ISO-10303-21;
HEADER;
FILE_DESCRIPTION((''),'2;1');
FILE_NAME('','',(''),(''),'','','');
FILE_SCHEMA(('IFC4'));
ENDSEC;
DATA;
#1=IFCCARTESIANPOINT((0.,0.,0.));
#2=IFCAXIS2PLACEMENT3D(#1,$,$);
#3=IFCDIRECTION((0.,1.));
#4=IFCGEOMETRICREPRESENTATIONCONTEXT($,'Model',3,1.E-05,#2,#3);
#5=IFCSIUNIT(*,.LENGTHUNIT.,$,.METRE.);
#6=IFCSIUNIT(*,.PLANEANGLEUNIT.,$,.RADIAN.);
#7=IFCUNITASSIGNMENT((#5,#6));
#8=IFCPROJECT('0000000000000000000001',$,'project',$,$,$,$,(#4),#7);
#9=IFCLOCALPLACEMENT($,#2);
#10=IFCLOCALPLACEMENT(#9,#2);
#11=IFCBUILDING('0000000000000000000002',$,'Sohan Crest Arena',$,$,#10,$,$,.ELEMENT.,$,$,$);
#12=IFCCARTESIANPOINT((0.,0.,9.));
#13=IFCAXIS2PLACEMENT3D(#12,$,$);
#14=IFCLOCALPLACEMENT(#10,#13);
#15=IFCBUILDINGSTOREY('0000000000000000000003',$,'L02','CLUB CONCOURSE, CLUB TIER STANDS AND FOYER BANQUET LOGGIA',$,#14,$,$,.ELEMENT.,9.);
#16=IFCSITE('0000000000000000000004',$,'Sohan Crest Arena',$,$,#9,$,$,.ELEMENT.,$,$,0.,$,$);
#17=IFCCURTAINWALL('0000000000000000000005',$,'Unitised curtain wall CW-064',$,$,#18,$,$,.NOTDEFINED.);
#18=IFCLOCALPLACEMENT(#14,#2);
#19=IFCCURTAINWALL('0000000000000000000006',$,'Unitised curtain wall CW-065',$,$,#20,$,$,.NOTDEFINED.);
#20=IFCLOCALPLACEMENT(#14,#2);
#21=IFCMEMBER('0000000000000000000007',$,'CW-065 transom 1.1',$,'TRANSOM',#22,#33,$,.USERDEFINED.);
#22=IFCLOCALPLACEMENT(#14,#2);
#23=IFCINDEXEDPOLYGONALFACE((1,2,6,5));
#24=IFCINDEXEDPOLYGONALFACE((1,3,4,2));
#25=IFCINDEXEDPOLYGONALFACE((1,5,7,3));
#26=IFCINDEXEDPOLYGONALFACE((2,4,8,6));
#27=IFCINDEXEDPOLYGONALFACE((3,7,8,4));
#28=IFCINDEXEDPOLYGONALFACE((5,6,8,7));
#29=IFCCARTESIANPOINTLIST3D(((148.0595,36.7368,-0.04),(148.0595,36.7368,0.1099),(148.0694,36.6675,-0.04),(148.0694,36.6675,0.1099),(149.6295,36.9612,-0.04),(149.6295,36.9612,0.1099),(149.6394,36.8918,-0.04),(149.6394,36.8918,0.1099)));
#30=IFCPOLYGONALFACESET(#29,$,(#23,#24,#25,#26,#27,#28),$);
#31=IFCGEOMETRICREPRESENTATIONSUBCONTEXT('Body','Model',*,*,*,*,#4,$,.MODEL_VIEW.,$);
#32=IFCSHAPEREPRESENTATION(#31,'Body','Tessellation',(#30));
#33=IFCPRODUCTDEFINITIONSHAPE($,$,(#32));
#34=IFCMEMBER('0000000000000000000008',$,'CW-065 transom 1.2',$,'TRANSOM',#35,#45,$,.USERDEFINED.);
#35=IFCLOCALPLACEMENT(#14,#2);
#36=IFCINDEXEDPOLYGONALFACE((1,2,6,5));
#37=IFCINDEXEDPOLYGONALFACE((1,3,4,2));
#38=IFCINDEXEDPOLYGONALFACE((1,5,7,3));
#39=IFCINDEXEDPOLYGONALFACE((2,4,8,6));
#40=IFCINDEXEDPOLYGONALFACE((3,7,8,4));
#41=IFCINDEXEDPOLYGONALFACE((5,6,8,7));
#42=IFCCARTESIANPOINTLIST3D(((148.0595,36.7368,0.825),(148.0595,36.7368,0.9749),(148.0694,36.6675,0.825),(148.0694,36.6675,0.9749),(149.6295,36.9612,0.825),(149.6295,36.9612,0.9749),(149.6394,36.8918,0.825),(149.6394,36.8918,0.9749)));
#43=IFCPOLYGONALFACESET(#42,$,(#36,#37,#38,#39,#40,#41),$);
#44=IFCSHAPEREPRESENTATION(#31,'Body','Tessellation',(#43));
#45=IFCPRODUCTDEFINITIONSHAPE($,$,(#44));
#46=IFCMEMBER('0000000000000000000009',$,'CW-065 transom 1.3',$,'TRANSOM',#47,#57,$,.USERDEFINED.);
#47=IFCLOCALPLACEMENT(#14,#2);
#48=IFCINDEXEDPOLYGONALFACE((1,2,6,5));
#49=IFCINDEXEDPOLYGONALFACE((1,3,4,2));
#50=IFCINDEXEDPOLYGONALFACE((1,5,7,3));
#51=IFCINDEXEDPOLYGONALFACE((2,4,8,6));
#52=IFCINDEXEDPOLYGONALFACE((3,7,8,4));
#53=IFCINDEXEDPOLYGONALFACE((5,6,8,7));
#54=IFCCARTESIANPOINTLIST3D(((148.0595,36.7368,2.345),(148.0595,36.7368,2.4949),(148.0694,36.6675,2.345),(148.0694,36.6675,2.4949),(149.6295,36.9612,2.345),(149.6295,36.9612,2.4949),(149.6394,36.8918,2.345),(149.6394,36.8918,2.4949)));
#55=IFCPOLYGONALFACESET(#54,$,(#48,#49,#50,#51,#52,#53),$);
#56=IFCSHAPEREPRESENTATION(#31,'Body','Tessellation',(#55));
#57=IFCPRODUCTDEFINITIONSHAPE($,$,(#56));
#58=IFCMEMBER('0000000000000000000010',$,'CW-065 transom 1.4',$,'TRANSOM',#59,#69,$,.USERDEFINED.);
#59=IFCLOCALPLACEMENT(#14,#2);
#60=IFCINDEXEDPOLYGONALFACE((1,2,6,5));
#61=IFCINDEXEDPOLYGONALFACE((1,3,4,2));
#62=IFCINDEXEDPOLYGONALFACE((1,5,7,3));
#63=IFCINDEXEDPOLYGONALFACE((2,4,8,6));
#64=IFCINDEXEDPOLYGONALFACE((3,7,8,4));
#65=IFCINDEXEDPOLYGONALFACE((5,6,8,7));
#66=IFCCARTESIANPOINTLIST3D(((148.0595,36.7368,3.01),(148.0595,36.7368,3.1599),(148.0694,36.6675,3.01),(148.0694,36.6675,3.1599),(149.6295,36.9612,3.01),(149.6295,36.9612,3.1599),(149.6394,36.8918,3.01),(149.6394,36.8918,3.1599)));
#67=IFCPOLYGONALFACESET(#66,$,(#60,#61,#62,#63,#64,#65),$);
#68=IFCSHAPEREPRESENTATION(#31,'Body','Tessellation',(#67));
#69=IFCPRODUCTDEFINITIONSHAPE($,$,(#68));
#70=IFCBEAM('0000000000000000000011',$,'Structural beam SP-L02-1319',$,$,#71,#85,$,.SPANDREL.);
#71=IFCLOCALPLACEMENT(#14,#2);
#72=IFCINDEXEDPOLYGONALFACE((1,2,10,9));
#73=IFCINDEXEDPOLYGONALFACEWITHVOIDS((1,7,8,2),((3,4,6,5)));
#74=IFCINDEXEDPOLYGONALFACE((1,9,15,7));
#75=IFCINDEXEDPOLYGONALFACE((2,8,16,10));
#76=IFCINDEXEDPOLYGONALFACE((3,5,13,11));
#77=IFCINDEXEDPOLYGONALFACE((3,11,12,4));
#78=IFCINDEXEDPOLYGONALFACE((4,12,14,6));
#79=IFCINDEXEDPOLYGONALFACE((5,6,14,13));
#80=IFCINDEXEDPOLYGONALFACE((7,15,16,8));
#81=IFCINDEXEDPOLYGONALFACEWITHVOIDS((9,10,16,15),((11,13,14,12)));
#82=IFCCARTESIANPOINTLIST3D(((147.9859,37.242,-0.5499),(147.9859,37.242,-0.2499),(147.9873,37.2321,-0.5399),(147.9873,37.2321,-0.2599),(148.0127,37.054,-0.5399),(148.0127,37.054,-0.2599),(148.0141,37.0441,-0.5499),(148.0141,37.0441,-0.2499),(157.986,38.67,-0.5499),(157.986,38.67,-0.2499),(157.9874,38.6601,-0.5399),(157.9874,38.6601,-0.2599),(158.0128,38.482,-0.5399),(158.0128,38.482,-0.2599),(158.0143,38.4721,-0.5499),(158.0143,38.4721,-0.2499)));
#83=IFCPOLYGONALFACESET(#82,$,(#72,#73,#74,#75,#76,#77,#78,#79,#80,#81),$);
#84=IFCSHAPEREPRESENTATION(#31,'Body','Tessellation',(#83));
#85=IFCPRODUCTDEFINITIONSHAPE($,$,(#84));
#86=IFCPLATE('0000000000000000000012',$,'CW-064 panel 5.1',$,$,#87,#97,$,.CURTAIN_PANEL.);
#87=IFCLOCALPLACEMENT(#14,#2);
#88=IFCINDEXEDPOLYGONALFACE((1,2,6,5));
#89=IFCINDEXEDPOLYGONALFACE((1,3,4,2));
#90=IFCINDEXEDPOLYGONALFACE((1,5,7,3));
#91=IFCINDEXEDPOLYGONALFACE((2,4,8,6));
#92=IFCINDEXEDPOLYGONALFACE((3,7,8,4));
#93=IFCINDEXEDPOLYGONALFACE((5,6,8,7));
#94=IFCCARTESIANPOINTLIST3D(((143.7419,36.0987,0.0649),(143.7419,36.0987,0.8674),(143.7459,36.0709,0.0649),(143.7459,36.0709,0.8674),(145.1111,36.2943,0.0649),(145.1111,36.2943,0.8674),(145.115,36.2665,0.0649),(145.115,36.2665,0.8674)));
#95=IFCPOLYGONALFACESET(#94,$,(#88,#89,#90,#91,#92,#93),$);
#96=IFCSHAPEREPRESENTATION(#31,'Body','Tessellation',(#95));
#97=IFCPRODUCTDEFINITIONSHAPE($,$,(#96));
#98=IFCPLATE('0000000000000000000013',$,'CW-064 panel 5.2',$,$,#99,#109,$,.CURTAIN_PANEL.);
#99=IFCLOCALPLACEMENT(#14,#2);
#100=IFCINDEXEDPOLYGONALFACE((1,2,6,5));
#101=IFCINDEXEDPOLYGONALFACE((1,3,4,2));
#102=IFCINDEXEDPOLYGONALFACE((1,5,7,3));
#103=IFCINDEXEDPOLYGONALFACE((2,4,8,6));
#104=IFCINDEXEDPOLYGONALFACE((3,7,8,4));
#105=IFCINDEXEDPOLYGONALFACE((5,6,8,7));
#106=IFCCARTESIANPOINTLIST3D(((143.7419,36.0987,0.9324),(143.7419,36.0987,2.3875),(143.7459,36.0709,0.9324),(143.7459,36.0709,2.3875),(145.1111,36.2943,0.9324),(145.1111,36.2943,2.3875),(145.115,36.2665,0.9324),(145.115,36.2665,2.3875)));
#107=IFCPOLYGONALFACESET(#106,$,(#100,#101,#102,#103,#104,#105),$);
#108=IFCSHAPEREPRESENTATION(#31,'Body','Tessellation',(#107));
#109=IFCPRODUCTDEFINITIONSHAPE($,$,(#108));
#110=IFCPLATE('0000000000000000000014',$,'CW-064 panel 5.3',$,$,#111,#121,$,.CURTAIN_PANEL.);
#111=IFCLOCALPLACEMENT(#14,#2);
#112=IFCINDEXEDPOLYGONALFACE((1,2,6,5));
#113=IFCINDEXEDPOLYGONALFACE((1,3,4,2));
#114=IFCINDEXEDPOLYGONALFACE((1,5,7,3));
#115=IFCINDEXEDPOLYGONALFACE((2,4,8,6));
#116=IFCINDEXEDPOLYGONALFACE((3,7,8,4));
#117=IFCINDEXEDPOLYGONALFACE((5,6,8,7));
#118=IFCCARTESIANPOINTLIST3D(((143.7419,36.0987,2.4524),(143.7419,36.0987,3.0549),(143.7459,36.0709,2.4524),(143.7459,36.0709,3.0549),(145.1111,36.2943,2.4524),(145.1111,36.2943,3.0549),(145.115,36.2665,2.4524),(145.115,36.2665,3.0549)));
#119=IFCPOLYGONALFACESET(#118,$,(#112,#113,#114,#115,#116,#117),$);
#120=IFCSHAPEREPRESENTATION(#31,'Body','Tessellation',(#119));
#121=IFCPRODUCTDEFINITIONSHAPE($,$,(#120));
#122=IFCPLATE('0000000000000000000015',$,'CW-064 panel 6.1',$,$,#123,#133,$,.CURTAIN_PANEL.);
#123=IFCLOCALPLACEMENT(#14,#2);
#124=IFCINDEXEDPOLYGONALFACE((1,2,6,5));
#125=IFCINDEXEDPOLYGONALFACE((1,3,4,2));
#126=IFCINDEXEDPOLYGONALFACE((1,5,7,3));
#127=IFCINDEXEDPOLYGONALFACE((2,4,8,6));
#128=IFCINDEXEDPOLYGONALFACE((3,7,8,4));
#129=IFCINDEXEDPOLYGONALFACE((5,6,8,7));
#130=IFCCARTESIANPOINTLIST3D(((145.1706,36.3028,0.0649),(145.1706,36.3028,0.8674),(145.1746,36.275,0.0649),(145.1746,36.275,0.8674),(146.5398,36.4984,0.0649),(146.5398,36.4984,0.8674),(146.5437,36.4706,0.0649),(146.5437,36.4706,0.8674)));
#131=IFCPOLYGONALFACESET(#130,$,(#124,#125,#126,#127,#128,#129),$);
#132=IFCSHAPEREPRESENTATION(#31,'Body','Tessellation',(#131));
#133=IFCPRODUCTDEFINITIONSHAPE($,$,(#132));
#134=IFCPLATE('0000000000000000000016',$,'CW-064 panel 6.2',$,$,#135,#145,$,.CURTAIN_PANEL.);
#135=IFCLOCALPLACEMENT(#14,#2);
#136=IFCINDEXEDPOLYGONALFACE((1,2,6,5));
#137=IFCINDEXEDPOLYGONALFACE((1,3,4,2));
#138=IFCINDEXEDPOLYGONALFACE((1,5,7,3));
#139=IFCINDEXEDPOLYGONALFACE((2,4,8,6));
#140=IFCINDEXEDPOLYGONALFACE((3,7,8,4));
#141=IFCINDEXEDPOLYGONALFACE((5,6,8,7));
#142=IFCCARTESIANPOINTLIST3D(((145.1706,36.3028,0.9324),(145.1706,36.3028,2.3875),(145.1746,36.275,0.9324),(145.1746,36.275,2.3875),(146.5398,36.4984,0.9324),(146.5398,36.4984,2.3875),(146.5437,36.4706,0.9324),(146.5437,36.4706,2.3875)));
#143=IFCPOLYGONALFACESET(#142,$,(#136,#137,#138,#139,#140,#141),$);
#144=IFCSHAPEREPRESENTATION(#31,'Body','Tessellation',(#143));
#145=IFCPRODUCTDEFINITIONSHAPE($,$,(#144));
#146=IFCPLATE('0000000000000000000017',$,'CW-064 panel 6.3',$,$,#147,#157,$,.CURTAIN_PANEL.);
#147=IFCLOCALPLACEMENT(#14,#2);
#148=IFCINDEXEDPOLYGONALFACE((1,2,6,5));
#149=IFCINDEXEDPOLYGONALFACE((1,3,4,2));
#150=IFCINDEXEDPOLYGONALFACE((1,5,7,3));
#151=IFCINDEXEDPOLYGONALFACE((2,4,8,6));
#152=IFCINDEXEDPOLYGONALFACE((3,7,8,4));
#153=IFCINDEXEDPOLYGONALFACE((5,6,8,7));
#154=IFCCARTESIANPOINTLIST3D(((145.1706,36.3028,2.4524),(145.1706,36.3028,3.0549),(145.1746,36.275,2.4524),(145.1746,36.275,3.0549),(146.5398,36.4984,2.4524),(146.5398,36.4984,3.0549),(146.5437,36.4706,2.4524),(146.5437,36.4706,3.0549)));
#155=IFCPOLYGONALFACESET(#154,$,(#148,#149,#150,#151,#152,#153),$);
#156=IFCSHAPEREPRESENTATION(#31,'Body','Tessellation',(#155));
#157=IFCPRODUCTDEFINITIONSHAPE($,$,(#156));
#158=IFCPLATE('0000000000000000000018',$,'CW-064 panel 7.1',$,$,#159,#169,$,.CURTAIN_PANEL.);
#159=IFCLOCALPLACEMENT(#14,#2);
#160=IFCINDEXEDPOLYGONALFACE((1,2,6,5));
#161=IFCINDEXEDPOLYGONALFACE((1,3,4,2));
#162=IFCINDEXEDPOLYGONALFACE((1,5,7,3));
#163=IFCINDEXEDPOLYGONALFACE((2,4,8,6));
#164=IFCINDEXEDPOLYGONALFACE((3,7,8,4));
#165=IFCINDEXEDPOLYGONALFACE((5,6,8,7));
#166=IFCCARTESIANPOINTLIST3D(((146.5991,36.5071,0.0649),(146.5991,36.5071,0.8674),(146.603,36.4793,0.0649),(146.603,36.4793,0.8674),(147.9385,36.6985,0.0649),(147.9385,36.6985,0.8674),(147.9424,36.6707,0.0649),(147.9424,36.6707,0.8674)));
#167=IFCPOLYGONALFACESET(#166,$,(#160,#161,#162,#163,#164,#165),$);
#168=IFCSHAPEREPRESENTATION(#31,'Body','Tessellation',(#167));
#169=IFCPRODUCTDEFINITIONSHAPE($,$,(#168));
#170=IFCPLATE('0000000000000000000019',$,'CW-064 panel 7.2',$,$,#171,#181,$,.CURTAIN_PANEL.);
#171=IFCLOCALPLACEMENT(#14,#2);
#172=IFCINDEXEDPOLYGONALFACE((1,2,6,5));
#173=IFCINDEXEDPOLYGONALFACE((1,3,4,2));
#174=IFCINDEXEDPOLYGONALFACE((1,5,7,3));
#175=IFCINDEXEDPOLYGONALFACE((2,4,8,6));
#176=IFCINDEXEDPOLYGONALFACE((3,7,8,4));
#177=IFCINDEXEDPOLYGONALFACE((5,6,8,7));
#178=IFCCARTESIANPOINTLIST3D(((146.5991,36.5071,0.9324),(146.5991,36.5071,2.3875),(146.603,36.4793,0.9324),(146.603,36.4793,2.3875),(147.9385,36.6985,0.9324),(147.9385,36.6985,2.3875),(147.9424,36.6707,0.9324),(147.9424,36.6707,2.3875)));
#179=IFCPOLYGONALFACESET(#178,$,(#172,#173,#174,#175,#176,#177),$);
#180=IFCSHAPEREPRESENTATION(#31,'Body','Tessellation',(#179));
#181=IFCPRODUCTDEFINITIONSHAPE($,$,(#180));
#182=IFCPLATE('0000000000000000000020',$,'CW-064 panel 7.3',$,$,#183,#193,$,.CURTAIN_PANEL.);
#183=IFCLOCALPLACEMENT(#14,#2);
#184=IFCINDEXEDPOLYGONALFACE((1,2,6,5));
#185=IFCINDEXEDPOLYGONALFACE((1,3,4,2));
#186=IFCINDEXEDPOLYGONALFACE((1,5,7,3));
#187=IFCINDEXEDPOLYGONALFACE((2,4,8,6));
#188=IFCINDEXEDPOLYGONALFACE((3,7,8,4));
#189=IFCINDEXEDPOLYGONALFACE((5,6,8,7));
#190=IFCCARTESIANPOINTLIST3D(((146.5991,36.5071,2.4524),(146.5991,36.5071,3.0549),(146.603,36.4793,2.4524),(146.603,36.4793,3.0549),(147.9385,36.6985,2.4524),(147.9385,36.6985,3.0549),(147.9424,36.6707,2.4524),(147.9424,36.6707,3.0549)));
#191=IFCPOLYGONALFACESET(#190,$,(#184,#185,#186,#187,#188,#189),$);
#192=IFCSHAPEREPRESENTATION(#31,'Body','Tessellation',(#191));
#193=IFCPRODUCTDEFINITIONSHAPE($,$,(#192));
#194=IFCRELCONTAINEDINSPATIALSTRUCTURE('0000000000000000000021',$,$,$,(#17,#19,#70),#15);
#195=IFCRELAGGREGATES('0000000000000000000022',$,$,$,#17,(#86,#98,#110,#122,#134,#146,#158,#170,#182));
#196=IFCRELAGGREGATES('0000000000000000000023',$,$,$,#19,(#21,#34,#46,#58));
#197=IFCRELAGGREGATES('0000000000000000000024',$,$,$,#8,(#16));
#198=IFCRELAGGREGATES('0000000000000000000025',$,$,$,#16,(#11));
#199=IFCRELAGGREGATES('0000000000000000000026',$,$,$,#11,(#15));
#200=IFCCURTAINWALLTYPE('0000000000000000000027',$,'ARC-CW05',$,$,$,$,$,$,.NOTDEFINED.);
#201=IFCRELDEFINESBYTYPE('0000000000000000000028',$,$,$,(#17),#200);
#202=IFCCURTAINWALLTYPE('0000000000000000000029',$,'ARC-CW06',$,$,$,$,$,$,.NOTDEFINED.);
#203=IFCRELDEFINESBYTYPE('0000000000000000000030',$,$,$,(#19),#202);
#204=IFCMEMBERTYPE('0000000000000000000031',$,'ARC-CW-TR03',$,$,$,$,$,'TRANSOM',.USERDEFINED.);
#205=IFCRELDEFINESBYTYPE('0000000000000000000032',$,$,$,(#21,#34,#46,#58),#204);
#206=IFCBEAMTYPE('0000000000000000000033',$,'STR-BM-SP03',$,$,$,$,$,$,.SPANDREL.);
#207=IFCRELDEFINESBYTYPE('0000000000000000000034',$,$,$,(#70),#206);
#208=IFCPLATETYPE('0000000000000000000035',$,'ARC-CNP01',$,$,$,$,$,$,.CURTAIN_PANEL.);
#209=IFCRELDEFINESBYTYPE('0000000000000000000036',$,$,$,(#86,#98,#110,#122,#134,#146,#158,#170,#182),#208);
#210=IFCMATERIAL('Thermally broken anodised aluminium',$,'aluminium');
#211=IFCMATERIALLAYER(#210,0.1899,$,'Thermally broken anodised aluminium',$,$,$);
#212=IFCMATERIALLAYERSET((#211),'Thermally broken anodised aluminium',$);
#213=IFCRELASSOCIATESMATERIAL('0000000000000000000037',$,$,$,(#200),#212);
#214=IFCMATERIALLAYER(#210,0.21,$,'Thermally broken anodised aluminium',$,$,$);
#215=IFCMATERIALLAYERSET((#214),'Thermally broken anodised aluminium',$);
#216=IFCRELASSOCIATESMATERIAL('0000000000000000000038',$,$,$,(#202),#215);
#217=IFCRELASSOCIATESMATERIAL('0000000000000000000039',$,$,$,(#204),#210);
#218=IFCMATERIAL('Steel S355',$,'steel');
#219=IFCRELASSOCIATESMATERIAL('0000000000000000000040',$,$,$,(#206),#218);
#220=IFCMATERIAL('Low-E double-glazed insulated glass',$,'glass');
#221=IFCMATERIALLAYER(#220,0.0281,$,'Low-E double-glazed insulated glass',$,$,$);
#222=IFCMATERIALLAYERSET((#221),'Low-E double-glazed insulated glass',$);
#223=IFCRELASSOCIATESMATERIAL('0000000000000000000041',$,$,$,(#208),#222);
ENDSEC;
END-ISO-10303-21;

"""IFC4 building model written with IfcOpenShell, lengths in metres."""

from ifc_helpers import new_model, si_unit, direction, frame, origin, origin_2d, place, context, subcontext, project, spatial, rectangle, hollow_rectangle, extrude, material, layer, layer_set, material_profile, profile_set, type_object, element, aggregate, save


model = new_model("IFC4")

# Units and contexts
model_context = context("Model", 3, precision=1e-05, world=origin(), true_north=direction((0.0, 1.0)))
body_context = subcontext(model_context, "Body", "Model", "MODEL_VIEW")
ifc_project = project(units=[si_unit("LENGTHUNIT", "METRE"), si_unit("PLANEANGLEUNIT", "RADIAN")], contexts=[model_context])

# Site, building, storey
site_placement = place(None, origin())
site = spatial("IfcSite", under=ifc_project, at=site_placement, Name="Sohan Crest Arena", CompositionType="ELEMENT", RefElevation=0.0)
building_placement = place(site_placement, origin())
building = spatial("IfcBuilding", under=site, at=building_placement, Name="Sohan Crest Arena", CompositionType="ELEMENT")
storey_placement = place(building_placement, frame((0.0, 0.0, 9.0)))
storey = spatial("IfcBuildingStorey", under=building, at=storey_placement, Name="L02", Description="CLUB CONCOURSE, CLUB TIER STANDS AND FOYER BANQUET LOGGIA", CompositionType="ELEMENT", Elevation=9.0)

# Shared definitions
ifc_material_1 = material(Name="Steel S355", Category="steel")

# Curtain wall
ifc_material_2 = material(Name="Thermally broken anodised aluminium", Category="aluminium")
ifc_layer_1 = layer(ifc_material_2, 0.1899, Name="Thermally broken anodised aluminium")
ifc_layer_set_1 = layer_set([ifc_layer_1], Name="Thermally broken anodised aluminium")
curtain_wall_type_1 = type_object("IfcCurtainWallType", Name="ARC-CW05", PredefinedType="NOTDEFINED", material=ifc_layer_set_1)
curtain_wall_1_placement = place(storey_placement, origin())
curtain_wall_1 = element("IfcCurtainWall", 1, at=curtain_wall_1_placement, inside=storey, type_object=curtain_wall_type_1, Name="Unitised curtain wall CW-064", PredefinedType="NOTDEFINED")

# Curtain wall
ifc_layer_2 = layer(ifc_material_2, 0.21, Name="Thermally broken anodised aluminium")
ifc_layer_set_2 = layer_set([ifc_layer_2], Name="Thermally broken anodised aluminium")
curtain_wall_type_2 = type_object("IfcCurtainWallType", Name="ARC-CW06", PredefinedType="NOTDEFINED", material=ifc_layer_set_2)
curtain_wall_2_placement = place(storey_placement, origin())
curtain_wall_2 = element("IfcCurtainWall", 2, at=curtain_wall_2_placement, inside=storey, type_object=curtain_wall_type_2, Name="Unitised curtain wall CW-065", PredefinedType="NOTDEFINED")

# Members
ifc_material_profile_1 = material_profile(ifc_material_2, rectangle(XDim=0.0701, YDim=0.1499, at=origin_2d()), Name="ALU-TRAN 70x150")
ifc_profile_set_1 = profile_set([ifc_material_profile_1], Name="Thermally broken anodised aluminium")
member_type_1 = type_object("IfcMemberType", Name="ARC-CW-TR03", ElementType="TRANSOM", PredefinedType="USERDEFINED", material=ifc_profile_set_1)
member_1_placement = place(storey_placement, frame((148.0645, 36.7021, 0.0349), z_axis=(0.989943, 0.141464, 0.0), x_axis=(-0.141464, 0.989943, 0.0)))
member_1 = element("IfcMember", 3, at=member_1_placement, type_object=member_type_1, Name="CW-065 transom 1.1", ObjectType="TRANSOM", PredefinedType="USERDEFINED", context=body_context, shape_type="SweptSolid", body=[
    extrude(rectangle(XDim=0.0701, YDim=0.1499, at=origin_2d()), origin(), (0.0, 0.0, 1.0), 1.5859),
])
member_2_placement = place(storey_placement, frame((148.0645, 36.7021, 0.8999), z_axis=(0.989943, 0.141464, 0.0), x_axis=(-0.141464, 0.989943, 0.0)))
member_2 = element("IfcMember", 4, at=member_2_placement, type_object=member_type_1, Name="CW-065 transom 1.2", ObjectType="TRANSOM", PredefinedType="USERDEFINED", context=body_context, shape_type="SweptSolid", body=[
    extrude(rectangle(XDim=0.0701, YDim=0.1499, at=origin_2d()), origin(), (0.0, 0.0, 1.0), 1.5859),
])
member_3_placement = place(storey_placement, frame((148.0645, 36.7021, 2.4199), z_axis=(0.989943, 0.141464, 0.0), x_axis=(-0.141464, 0.989943, 0.0)))
member_3 = element("IfcMember", 5, at=member_3_placement, type_object=member_type_1, Name="CW-065 transom 1.3", ObjectType="TRANSOM", PredefinedType="USERDEFINED", context=body_context, shape_type="SweptSolid", body=[
    extrude(rectangle(XDim=0.0701, YDim=0.1499, at=origin_2d()), origin(), (0.0, 0.0, 1.0), 1.5859),
])
member_4_placement = place(storey_placement, frame((148.0645, 36.7021, 3.085), z_axis=(0.989943, 0.141464, 0.0), x_axis=(-0.141464, 0.989943, 0.0)))
member_4 = element("IfcMember", 6, at=member_4_placement, type_object=member_type_1, Name="CW-065 transom 1.4", ObjectType="TRANSOM", PredefinedType="USERDEFINED", context=body_context, shape_type="SweptSolid", body=[
    extrude(rectangle(XDim=0.0701, YDim=0.1499, at=origin_2d()), origin(), (0.0, 0.0, 1.0), 1.5859),
])

# Beam
ifc_material_profile_2 = material_profile(ifc_material_1, hollow_rectangle(XDim=0.2, YDim=0.3, WallThickness=0.01, at=origin_2d()), Name="RHS 300x200x10")
ifc_profile_set_2 = profile_set([ifc_material_profile_2], Name="Steel S355")
beam_type = type_object("IfcBeamType", Name="STR-BM-SP03", PredefinedType="SPANDREL", material=ifc_profile_set_2)
beam_placement = place(storey_placement, frame((148.0, 37.1431, -0.3999), z_axis=(0.989958, 0.141364, 0.0), x_axis=(-0.141364, 0.989958, 0.0)))
element("IfcBeam", 7, at=beam_placement, inside=storey, type_object=beam_type, Name="Structural beam SP-L02-1319", PredefinedType="SPANDREL", context=body_context, shape_type="SweptSolid", body=[
    extrude(hollow_rectangle(XDim=0.2, YDim=0.3, WallThickness=0.01, at=origin_2d()), origin(), (0.0, 0.0, 1.0), 10.1016),
])

# Plates
ifc_material_3 = material(Name="Low-E double-glazed insulated glass", Category="glass")
ifc_layer_3 = layer(ifc_material_3, 0.0281, Name="Low-E double-glazed insulated glass")
ifc_layer_set_3 = layer_set([ifc_layer_3], Name="Low-E double-glazed insulated glass")
plate_type_1 = type_object("IfcPlateType", Name="ARC-CNP01", PredefinedType="CURTAIN_PANEL", material=ifc_layer_set_3)
plate_1_placement = place(storey_placement, frame((144.4285, 36.1826, 0.0649), z_axis=(0.0, 0.0, 1.0), x_axis=(0.989944, 0.141463, 0.0)))
plate_1 = element("IfcPlate", 8, at=plate_1_placement, type_object=plate_type_1, Name="CW-064 panel 5.1", PredefinedType="CURTAIN_PANEL", context=body_context, shape_type="SweptSolid", body=[
    extrude(rectangle(XDim=1.3831, YDim=0.0281, at=origin_2d()), origin(), (0.0, 0.0, 1.0), 0.8025),
])
plate_2_placement = place(storey_placement, frame((144.4285, 36.1826, 0.9324), z_axis=(0.0, 0.0, 1.0), x_axis=(0.989944, 0.141463, 0.0)))
plate_2 = element("IfcPlate", 9, at=plate_2_placement, type_object=plate_type_1, Name="CW-064 panel 5.2", PredefinedType="CURTAIN_PANEL", context=body_context, shape_type="SweptSolid", body=[
    extrude(rectangle(XDim=1.3831, YDim=0.0281, at=origin_2d()), origin(), (0.0, 0.0, 1.0), 1.4551),
])
plate_3_placement = place(storey_placement, frame((144.4285, 36.1826, 2.4524), z_axis=(0.0, 0.0, 1.0), x_axis=(0.989944, 0.141463, 0.0)))
plate_3 = element("IfcPlate", 10, at=plate_3_placement, type_object=plate_type_1, Name="CW-064 panel 5.3", PredefinedType="CURTAIN_PANEL", context=body_context, shape_type="SweptSolid", body=[
    extrude(rectangle(XDim=1.3831, YDim=0.0281, at=origin_2d()), origin(), (0.0, 0.0, 1.0), 0.6025),
])
plate_4_placement = place(storey_placement, frame((145.8572, 36.3867, 0.0649), z_axis=(0.0, 0.0, 1.0), x_axis=(0.989944, 0.141463, 0.0)))
plate_4 = element("IfcPlate", 11, at=plate_4_placement, type_object=plate_type_1, Name="CW-064 panel 6.1", PredefinedType="CURTAIN_PANEL", context=body_context, shape_type="SweptSolid", body=[
    extrude(rectangle(XDim=1.3831, YDim=0.0281, at=origin_2d()), origin(), (0.0, 0.0, 1.0), 0.8025),
])
plate_5_placement = place(storey_placement, frame((145.8572, 36.3867, 0.9324), z_axis=(0.0, 0.0, 1.0), x_axis=(0.989944, 0.141463, 0.0)))
plate_5 = element("IfcPlate", 12, at=plate_5_placement, type_object=plate_type_1, Name="CW-064 panel 6.2", PredefinedType="CURTAIN_PANEL", context=body_context, shape_type="SweptSolid", body=[
    extrude(rectangle(XDim=1.3831, YDim=0.0281, at=origin_2d()), origin(), (0.0, 0.0, 1.0), 1.4551),
])
plate_6_placement = place(storey_placement, frame((145.8572, 36.3867, 2.4524), z_axis=(0.0, 0.0, 1.0), x_axis=(0.989944, 0.141463, 0.0)))
plate_6 = element("IfcPlate", 13, at=plate_6_placement, type_object=plate_type_1, Name="CW-064 panel 6.3", PredefinedType="CURTAIN_PANEL", context=body_context, shape_type="SweptSolid", body=[
    extrude(rectangle(XDim=1.3831, YDim=0.0281, at=origin_2d()), origin(), (0.0, 0.0, 1.0), 0.6025),
])
plate_7_placement = place(storey_placement, frame((147.2708, 36.5889, 0.0649), z_axis=(0.0, 0.0, 1.0), x_axis=(0.989944, 0.141463, 0.0)))
plate_7 = element("IfcPlate", 14, at=plate_7_placement, type_object=plate_type_1, Name="CW-064 panel 7.1", PredefinedType="CURTAIN_PANEL", context=body_context, shape_type="SweptSolid", body=[
    extrude(rectangle(XDim=1.353, YDim=0.0281, at=origin_2d()), origin(), (0.0, 0.0, 1.0), 0.8025),
])
plate_8_placement = place(storey_placement, frame((147.2708, 36.5889, 0.9324), z_axis=(0.0, 0.0, 1.0), x_axis=(0.989944, 0.141463, 0.0)))
plate_8 = element("IfcPlate", 15, at=plate_8_placement, type_object=plate_type_1, Name="CW-064 panel 7.2", PredefinedType="CURTAIN_PANEL", context=body_context, shape_type="SweptSolid", body=[
    extrude(rectangle(XDim=1.353, YDim=0.0281, at=origin_2d()), origin(), (0.0, 0.0, 1.0), 1.4551),
])
plate_9_placement = place(storey_placement, frame((147.2708, 36.5889, 2.4524), z_axis=(0.0, 0.0, 1.0), x_axis=(0.989944, 0.141463, 0.0)))
plate_9 = element("IfcPlate", 16, at=plate_9_placement, type_object=plate_type_1, Name="CW-064 panel 7.3", PredefinedType="CURTAIN_PANEL", context=body_context, shape_type="SweptSolid", body=[
    extrude(rectangle(XDim=1.353, YDim=0.0281, at=origin_2d()), origin(), (0.0, 0.0, 1.0), 0.6025),
])
aggregate(curtain_wall_1, [plate_1, plate_2, plate_3, plate_4, plate_5, plate_6, plate_7, plate_8, plate_9])
aggregate(curtain_wall_2, [member_1, member_2, member_3, member_4])

save(model, "model.ifc")
